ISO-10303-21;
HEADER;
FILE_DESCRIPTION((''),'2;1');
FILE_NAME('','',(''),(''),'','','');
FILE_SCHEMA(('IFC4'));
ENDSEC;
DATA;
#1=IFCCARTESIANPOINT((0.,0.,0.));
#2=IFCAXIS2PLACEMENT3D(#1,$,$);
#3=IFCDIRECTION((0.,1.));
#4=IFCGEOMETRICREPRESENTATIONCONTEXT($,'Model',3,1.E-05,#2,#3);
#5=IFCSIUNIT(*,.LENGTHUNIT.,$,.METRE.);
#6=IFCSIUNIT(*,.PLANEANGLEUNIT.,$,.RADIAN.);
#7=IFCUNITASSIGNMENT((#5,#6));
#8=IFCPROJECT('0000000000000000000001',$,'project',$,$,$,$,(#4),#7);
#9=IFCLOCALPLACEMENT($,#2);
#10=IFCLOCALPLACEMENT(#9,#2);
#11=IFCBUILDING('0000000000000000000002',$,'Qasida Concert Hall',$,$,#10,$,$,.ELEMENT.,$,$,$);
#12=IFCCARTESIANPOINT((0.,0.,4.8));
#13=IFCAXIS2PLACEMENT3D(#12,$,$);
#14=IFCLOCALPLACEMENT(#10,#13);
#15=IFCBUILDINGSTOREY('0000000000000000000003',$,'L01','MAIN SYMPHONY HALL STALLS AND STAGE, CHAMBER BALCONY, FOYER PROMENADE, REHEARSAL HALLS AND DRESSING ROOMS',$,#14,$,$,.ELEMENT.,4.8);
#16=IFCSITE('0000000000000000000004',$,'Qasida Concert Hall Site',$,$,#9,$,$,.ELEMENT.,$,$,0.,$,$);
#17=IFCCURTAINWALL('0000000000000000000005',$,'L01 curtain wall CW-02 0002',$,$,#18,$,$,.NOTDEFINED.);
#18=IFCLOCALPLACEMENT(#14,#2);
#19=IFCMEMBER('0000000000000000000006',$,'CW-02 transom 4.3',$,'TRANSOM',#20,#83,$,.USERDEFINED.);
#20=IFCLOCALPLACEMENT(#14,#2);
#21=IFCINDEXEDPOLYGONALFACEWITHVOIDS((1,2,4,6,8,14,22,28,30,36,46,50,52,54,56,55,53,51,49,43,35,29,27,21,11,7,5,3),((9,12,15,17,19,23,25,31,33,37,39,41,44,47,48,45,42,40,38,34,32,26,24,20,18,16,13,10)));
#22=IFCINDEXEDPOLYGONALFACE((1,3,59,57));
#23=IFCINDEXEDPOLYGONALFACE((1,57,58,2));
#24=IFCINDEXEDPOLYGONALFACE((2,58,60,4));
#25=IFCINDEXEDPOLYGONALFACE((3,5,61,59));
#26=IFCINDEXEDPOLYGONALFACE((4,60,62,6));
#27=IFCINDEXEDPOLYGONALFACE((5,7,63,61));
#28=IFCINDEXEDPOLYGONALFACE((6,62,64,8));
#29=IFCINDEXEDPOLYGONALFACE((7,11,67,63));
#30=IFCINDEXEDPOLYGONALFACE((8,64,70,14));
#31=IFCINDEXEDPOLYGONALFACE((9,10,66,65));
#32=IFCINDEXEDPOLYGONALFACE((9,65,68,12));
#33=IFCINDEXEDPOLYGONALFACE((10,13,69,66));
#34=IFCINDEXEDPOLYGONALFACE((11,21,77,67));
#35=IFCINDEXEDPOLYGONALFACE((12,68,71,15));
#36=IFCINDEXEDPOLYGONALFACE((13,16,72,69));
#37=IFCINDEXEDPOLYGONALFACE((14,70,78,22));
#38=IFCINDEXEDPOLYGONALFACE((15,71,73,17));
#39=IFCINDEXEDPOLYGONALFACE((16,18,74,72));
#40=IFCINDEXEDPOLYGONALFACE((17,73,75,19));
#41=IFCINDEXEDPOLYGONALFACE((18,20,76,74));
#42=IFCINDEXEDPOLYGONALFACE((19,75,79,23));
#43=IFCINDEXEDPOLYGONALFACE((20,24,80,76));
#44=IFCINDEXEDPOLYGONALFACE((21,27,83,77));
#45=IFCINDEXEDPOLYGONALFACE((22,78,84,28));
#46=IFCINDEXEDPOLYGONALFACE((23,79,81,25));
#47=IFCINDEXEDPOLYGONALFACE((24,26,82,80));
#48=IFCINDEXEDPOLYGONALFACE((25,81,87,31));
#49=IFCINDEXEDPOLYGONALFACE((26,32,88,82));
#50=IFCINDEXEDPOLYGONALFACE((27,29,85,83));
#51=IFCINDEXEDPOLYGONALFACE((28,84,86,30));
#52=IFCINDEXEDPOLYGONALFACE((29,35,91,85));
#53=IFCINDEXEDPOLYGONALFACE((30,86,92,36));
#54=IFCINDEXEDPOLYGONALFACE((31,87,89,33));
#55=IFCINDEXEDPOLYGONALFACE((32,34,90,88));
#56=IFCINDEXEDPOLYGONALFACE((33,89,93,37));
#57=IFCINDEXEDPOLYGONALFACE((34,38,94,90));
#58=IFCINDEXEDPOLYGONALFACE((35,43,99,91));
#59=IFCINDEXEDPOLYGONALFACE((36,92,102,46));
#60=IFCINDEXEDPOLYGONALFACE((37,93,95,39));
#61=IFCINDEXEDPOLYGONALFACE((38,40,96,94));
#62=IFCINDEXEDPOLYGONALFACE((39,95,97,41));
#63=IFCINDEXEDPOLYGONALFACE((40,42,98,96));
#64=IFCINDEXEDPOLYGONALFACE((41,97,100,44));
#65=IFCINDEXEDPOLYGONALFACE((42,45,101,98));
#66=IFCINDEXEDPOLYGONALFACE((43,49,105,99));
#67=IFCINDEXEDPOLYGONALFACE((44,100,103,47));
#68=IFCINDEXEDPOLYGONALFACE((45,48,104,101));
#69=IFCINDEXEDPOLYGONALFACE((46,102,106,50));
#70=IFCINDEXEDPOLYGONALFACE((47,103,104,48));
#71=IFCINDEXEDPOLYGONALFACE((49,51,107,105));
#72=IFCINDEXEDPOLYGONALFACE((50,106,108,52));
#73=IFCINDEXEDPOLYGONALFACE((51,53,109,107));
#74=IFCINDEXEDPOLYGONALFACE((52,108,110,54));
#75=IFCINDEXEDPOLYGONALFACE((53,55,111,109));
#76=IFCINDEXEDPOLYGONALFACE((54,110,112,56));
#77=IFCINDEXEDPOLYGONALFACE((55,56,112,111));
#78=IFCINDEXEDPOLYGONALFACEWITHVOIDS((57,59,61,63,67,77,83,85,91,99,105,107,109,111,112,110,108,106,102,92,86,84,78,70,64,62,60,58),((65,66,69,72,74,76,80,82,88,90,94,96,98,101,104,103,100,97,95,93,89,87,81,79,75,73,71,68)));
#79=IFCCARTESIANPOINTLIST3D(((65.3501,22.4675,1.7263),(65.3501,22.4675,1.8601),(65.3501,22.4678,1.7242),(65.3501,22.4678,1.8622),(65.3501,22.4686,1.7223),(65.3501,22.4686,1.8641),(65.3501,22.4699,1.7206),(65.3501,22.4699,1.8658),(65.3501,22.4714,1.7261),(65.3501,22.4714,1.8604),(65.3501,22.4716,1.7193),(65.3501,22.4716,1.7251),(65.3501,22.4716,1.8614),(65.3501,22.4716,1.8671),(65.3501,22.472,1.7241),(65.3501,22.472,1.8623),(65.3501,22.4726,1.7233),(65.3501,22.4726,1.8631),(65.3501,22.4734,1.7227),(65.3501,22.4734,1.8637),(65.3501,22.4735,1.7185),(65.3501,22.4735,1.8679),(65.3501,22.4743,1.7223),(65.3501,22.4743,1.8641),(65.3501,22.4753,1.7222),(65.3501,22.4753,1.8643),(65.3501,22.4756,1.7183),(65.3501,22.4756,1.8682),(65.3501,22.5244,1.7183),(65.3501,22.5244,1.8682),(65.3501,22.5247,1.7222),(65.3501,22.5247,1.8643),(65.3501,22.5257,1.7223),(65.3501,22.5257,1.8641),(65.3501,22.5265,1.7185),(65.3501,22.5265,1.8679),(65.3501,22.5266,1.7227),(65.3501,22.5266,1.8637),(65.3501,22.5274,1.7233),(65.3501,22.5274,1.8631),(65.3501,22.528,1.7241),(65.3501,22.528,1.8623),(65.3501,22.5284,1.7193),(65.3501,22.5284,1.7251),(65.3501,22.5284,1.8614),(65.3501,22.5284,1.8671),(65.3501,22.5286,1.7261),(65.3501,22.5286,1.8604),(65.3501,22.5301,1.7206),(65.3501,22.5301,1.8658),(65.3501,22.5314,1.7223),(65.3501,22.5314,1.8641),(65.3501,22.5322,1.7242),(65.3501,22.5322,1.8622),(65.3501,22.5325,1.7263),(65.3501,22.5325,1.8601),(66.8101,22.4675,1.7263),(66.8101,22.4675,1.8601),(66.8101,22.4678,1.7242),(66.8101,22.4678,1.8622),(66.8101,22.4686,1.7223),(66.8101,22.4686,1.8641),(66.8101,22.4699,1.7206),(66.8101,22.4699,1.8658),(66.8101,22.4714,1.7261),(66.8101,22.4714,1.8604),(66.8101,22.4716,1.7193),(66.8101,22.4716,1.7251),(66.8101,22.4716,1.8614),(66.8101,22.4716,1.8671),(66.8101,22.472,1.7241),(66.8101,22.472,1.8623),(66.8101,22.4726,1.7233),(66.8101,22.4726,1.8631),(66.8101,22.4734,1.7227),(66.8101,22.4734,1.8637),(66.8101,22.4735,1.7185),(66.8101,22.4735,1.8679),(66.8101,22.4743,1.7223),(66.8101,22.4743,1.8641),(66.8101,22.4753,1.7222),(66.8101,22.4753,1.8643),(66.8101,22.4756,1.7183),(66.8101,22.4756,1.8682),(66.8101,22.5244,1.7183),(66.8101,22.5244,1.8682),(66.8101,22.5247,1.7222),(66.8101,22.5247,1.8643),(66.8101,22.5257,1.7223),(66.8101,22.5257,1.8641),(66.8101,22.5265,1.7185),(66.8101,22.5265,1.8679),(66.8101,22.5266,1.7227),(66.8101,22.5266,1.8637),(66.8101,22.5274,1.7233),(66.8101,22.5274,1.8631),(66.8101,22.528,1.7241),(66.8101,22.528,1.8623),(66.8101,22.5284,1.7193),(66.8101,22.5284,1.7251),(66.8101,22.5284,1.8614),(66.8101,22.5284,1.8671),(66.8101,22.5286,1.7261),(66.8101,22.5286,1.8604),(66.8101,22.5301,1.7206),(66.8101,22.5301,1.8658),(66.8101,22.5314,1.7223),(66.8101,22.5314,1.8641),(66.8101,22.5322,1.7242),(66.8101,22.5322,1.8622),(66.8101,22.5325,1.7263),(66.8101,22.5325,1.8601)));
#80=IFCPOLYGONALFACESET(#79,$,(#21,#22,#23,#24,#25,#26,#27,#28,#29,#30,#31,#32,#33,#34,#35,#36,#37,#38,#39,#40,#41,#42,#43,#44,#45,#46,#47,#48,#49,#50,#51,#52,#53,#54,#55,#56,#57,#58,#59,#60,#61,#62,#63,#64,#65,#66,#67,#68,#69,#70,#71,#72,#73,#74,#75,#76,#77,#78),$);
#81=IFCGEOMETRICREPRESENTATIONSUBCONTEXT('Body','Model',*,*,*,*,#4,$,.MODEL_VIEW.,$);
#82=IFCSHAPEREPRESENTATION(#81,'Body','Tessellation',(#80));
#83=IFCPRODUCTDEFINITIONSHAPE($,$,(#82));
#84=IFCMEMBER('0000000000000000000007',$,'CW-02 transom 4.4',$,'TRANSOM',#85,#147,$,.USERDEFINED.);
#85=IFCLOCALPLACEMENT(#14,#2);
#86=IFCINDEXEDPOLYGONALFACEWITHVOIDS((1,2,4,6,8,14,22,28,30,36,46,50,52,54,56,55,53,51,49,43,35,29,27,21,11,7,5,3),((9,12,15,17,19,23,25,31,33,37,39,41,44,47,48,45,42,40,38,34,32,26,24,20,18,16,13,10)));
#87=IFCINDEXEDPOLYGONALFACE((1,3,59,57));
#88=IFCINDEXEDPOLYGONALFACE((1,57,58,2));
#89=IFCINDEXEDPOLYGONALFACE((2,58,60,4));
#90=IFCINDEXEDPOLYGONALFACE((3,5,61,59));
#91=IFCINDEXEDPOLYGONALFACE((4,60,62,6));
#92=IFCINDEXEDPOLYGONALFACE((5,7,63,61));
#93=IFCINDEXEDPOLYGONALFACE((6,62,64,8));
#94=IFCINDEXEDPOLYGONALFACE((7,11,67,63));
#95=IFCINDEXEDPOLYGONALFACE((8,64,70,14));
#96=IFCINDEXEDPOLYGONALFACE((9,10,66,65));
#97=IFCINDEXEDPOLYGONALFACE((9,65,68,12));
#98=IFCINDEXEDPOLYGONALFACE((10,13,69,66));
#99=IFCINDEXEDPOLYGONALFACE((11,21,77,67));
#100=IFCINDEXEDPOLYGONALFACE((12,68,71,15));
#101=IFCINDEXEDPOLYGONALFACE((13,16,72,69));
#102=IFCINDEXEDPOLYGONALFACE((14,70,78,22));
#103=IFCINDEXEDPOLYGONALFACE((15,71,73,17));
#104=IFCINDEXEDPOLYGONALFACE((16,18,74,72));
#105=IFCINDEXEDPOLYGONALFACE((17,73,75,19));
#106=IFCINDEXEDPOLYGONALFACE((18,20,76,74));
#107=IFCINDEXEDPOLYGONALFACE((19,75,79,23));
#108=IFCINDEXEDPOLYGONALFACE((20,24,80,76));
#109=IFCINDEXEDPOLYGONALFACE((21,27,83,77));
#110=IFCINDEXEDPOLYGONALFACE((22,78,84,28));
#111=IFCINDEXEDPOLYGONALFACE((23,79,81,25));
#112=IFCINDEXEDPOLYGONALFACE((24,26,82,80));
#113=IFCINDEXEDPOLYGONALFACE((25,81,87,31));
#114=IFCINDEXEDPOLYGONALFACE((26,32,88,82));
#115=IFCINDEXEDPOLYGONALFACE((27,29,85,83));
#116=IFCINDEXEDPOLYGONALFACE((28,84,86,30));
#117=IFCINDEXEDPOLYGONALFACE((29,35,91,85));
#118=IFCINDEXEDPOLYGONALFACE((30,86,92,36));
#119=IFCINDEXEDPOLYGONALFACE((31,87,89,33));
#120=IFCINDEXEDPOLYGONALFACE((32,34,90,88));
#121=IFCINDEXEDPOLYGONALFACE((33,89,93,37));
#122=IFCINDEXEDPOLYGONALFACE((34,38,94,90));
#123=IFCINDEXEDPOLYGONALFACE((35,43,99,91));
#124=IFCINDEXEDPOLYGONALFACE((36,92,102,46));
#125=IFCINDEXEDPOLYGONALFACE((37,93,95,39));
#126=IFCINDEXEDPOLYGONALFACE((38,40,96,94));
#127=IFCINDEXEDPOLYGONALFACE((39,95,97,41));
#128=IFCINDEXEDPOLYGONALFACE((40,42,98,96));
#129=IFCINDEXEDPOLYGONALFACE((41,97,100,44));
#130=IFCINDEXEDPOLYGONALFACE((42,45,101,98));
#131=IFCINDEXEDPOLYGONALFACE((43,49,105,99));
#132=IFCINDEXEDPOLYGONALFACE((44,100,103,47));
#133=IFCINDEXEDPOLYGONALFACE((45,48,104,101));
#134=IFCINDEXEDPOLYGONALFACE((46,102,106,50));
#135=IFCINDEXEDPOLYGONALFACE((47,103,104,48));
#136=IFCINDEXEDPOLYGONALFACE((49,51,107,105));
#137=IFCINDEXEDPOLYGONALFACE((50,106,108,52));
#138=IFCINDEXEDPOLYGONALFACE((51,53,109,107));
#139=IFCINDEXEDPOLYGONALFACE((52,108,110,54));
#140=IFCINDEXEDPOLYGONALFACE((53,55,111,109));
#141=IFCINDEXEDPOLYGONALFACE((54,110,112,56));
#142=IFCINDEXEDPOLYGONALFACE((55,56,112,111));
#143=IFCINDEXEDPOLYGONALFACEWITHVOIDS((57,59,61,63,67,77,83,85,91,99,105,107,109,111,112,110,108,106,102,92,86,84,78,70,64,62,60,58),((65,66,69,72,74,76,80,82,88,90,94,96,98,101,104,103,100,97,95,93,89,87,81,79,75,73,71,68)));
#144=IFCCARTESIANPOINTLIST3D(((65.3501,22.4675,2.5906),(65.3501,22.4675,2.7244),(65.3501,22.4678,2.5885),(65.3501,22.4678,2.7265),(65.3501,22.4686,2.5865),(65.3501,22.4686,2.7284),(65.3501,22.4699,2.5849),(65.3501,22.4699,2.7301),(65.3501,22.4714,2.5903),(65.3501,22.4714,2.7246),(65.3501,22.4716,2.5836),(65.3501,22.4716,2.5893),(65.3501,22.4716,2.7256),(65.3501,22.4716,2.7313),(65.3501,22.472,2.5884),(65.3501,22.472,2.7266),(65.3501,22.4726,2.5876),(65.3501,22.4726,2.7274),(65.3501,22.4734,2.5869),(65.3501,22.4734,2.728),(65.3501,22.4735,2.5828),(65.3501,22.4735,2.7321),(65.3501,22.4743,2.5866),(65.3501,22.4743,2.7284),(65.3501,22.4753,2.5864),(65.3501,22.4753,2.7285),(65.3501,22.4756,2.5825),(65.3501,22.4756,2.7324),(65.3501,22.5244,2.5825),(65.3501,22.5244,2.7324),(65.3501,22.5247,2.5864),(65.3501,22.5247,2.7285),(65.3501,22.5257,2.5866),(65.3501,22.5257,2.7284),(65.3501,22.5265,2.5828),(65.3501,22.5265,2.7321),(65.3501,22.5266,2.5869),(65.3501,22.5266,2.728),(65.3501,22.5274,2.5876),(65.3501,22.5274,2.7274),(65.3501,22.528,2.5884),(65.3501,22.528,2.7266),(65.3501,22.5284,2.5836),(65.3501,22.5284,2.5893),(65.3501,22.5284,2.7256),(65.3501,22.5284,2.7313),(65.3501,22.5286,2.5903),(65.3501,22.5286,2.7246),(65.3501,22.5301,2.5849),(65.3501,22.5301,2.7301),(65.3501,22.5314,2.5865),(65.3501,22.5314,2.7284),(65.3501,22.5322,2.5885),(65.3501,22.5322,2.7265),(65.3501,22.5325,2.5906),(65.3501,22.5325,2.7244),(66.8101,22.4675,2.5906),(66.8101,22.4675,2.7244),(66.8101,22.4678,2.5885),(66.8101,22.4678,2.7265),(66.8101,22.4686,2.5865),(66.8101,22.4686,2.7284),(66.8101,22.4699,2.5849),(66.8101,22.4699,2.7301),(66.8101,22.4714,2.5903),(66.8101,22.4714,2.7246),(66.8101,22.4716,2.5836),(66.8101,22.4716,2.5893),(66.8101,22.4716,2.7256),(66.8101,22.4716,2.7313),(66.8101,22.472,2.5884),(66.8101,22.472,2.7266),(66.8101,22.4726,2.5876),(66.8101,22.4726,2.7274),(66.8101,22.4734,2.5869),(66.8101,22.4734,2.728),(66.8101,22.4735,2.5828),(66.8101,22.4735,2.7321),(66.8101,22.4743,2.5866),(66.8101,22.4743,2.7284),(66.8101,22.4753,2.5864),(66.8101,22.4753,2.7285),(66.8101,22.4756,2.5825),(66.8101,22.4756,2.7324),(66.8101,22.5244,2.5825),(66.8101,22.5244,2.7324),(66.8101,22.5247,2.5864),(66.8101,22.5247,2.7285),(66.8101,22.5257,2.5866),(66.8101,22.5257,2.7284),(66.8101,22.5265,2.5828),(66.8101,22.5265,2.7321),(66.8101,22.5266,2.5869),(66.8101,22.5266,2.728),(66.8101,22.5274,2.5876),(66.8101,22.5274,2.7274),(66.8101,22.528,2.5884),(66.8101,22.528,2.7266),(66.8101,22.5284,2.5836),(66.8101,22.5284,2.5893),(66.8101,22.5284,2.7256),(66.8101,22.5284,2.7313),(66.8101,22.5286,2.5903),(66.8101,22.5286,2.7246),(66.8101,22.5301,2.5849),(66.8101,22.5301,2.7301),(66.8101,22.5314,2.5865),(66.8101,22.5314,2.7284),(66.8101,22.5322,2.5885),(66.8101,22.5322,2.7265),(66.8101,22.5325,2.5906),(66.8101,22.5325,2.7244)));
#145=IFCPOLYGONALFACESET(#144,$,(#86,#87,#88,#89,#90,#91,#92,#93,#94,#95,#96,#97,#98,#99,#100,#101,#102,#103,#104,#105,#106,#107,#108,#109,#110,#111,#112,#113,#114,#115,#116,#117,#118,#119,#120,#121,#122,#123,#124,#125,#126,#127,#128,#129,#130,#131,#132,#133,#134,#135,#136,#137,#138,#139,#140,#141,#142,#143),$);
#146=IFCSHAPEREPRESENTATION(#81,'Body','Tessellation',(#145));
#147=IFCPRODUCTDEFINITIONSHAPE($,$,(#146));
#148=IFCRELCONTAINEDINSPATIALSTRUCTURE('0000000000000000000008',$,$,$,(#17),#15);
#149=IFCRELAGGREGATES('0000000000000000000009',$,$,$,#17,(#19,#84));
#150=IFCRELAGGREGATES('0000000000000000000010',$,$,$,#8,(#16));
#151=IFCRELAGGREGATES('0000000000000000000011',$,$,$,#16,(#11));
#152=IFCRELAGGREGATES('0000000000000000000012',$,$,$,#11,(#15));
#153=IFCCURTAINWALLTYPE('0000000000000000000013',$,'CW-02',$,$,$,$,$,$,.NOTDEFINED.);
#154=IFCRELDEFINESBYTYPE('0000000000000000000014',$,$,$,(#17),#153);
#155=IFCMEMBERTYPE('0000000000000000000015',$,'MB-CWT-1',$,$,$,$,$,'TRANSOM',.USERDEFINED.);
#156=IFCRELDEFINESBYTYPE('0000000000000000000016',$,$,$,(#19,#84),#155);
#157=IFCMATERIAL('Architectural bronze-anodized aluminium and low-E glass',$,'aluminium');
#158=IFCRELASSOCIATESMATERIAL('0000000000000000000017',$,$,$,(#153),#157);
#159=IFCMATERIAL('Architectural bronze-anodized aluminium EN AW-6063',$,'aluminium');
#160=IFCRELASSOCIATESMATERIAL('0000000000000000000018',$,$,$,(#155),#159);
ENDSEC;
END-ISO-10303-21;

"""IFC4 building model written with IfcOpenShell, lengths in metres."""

from ifc_helpers import new_model, si_unit, direction, frame, origin, origin_2d, place, context, subcontext, project, spatial, hollow_rectangle, extrude, material, material_profile, profile_set, type_object, element, aggregate, save


model = new_model("IFC4")

# Units and contexts
model_context = context("Model", 3, precision=1e-05, world=origin(), true_north=direction((0.0, 1.0)))
body_context = subcontext(model_context, "Body", "Model", "MODEL_VIEW")
ifc_project = project(units=[si_unit("LENGTHUNIT", "METRE"), si_unit("PLANEANGLEUNIT", "RADIAN")], contexts=[model_context])

# Site, building, storey
site_placement = place(None, origin())
site = spatial("IfcSite", under=ifc_project, at=site_placement, Name="Qasida Concert Hall Site", CompositionType="ELEMENT", RefElevation=0.0)
building_placement = place(site_placement, origin())
building = spatial("IfcBuilding", under=site, at=building_placement, Name="Qasida Concert Hall", CompositionType="ELEMENT")
storey_placement = place(building_placement, frame((0.0, 0.0, 4.8)))
storey = spatial("IfcBuildingStorey", under=building, at=storey_placement, Name="L01", Description="MAIN SYMPHONY HALL STALLS AND STAGE, CHAMBER BALCONY, FOYER PROMENADE, REHEARSAL HALLS AND DRESSING ROOMS", CompositionType="ELEMENT", Elevation=4.8)

# Curtain wall
ifc_material_1 = material(Name="Architectural bronze-anodized aluminium and low-E glass", Category="aluminium")
curtain_wall_type = type_object("IfcCurtainWallType", Name="CW-02", PredefinedType="NOTDEFINED", material=ifc_material_1)
curtain_wall_1_placement = place(storey_placement, origin())
curtain_wall_1 = element("IfcCurtainWall", 1, at=curtain_wall_1_placement, inside=storey, type_object=curtain_wall_type, Name="L01 curtain wall CW-02 0002", PredefinedType="NOTDEFINED")
ifc_material_2 = material(Name="Architectural bronze-anodized aluminium EN AW-6063", Category="aluminium")

# Members
ifc_material_profile_1 = material_profile(ifc_material_2, hollow_rectangle(XDim=0.0649, YDim=0.1499, WallThickness=0.0039, InnerFilletRadius=0.0039, OuterFilletRadius=0.0081, at=origin_2d()), Name="CWT 150x65x4")
ifc_profile_set_1 = profile_set([ifc_material_profile_1], Name="Architectural bronze-anodized aluminium EN AW-6063")
member_type_1 = type_object("IfcMemberType", Name="MB-CWT-1", ElementType="TRANSOM", PredefinedType="USERDEFINED", material=ifc_profile_set_1)
member_1_placement = place(storey_placement, frame((65.3501, 22.5, 1.7932), z_axis=(1.0, 0.0, 0.0), x_axis=(0.0, 1.0, 0.0)))
member_1 = element("IfcMember", 2, at=member_1_placement, type_object=member_type_1, Name="CW-02 transom 4.3", ObjectType="TRANSOM", PredefinedType="USERDEFINED", context=body_context, shape_type="SweptSolid", body=[
    extrude(hollow_rectangle(XDim=0.0649, YDim=0.1499, WallThickness=0.0039, InnerFilletRadius=0.0039, OuterFilletRadius=0.0081, at=origin_2d()), origin(), (0.0, 0.0, 1.0), 1.46),
])
member_2_placement = place(storey_placement, frame((65.3501, 22.5, 2.6575), z_axis=(1.0, 0.0, 0.0), x_axis=(0.0, 1.0, 0.0)))
member_2 = element("IfcMember", 3, at=member_2_placement, type_object=member_type_1, Name="CW-02 transom 4.4", ObjectType="TRANSOM", PredefinedType="USERDEFINED", context=body_context, shape_type="SweptSolid", body=[
    extrude(hollow_rectangle(XDim=0.0649, YDim=0.1499, WallThickness=0.0039, InnerFilletRadius=0.0039, OuterFilletRadius=0.0081, at=origin_2d()), origin(), (0.0, 0.0, 1.0), 1.46),
])

aggregate(curtain_wall_1, [member_1, member_2])

save(model, "model.ifc")
